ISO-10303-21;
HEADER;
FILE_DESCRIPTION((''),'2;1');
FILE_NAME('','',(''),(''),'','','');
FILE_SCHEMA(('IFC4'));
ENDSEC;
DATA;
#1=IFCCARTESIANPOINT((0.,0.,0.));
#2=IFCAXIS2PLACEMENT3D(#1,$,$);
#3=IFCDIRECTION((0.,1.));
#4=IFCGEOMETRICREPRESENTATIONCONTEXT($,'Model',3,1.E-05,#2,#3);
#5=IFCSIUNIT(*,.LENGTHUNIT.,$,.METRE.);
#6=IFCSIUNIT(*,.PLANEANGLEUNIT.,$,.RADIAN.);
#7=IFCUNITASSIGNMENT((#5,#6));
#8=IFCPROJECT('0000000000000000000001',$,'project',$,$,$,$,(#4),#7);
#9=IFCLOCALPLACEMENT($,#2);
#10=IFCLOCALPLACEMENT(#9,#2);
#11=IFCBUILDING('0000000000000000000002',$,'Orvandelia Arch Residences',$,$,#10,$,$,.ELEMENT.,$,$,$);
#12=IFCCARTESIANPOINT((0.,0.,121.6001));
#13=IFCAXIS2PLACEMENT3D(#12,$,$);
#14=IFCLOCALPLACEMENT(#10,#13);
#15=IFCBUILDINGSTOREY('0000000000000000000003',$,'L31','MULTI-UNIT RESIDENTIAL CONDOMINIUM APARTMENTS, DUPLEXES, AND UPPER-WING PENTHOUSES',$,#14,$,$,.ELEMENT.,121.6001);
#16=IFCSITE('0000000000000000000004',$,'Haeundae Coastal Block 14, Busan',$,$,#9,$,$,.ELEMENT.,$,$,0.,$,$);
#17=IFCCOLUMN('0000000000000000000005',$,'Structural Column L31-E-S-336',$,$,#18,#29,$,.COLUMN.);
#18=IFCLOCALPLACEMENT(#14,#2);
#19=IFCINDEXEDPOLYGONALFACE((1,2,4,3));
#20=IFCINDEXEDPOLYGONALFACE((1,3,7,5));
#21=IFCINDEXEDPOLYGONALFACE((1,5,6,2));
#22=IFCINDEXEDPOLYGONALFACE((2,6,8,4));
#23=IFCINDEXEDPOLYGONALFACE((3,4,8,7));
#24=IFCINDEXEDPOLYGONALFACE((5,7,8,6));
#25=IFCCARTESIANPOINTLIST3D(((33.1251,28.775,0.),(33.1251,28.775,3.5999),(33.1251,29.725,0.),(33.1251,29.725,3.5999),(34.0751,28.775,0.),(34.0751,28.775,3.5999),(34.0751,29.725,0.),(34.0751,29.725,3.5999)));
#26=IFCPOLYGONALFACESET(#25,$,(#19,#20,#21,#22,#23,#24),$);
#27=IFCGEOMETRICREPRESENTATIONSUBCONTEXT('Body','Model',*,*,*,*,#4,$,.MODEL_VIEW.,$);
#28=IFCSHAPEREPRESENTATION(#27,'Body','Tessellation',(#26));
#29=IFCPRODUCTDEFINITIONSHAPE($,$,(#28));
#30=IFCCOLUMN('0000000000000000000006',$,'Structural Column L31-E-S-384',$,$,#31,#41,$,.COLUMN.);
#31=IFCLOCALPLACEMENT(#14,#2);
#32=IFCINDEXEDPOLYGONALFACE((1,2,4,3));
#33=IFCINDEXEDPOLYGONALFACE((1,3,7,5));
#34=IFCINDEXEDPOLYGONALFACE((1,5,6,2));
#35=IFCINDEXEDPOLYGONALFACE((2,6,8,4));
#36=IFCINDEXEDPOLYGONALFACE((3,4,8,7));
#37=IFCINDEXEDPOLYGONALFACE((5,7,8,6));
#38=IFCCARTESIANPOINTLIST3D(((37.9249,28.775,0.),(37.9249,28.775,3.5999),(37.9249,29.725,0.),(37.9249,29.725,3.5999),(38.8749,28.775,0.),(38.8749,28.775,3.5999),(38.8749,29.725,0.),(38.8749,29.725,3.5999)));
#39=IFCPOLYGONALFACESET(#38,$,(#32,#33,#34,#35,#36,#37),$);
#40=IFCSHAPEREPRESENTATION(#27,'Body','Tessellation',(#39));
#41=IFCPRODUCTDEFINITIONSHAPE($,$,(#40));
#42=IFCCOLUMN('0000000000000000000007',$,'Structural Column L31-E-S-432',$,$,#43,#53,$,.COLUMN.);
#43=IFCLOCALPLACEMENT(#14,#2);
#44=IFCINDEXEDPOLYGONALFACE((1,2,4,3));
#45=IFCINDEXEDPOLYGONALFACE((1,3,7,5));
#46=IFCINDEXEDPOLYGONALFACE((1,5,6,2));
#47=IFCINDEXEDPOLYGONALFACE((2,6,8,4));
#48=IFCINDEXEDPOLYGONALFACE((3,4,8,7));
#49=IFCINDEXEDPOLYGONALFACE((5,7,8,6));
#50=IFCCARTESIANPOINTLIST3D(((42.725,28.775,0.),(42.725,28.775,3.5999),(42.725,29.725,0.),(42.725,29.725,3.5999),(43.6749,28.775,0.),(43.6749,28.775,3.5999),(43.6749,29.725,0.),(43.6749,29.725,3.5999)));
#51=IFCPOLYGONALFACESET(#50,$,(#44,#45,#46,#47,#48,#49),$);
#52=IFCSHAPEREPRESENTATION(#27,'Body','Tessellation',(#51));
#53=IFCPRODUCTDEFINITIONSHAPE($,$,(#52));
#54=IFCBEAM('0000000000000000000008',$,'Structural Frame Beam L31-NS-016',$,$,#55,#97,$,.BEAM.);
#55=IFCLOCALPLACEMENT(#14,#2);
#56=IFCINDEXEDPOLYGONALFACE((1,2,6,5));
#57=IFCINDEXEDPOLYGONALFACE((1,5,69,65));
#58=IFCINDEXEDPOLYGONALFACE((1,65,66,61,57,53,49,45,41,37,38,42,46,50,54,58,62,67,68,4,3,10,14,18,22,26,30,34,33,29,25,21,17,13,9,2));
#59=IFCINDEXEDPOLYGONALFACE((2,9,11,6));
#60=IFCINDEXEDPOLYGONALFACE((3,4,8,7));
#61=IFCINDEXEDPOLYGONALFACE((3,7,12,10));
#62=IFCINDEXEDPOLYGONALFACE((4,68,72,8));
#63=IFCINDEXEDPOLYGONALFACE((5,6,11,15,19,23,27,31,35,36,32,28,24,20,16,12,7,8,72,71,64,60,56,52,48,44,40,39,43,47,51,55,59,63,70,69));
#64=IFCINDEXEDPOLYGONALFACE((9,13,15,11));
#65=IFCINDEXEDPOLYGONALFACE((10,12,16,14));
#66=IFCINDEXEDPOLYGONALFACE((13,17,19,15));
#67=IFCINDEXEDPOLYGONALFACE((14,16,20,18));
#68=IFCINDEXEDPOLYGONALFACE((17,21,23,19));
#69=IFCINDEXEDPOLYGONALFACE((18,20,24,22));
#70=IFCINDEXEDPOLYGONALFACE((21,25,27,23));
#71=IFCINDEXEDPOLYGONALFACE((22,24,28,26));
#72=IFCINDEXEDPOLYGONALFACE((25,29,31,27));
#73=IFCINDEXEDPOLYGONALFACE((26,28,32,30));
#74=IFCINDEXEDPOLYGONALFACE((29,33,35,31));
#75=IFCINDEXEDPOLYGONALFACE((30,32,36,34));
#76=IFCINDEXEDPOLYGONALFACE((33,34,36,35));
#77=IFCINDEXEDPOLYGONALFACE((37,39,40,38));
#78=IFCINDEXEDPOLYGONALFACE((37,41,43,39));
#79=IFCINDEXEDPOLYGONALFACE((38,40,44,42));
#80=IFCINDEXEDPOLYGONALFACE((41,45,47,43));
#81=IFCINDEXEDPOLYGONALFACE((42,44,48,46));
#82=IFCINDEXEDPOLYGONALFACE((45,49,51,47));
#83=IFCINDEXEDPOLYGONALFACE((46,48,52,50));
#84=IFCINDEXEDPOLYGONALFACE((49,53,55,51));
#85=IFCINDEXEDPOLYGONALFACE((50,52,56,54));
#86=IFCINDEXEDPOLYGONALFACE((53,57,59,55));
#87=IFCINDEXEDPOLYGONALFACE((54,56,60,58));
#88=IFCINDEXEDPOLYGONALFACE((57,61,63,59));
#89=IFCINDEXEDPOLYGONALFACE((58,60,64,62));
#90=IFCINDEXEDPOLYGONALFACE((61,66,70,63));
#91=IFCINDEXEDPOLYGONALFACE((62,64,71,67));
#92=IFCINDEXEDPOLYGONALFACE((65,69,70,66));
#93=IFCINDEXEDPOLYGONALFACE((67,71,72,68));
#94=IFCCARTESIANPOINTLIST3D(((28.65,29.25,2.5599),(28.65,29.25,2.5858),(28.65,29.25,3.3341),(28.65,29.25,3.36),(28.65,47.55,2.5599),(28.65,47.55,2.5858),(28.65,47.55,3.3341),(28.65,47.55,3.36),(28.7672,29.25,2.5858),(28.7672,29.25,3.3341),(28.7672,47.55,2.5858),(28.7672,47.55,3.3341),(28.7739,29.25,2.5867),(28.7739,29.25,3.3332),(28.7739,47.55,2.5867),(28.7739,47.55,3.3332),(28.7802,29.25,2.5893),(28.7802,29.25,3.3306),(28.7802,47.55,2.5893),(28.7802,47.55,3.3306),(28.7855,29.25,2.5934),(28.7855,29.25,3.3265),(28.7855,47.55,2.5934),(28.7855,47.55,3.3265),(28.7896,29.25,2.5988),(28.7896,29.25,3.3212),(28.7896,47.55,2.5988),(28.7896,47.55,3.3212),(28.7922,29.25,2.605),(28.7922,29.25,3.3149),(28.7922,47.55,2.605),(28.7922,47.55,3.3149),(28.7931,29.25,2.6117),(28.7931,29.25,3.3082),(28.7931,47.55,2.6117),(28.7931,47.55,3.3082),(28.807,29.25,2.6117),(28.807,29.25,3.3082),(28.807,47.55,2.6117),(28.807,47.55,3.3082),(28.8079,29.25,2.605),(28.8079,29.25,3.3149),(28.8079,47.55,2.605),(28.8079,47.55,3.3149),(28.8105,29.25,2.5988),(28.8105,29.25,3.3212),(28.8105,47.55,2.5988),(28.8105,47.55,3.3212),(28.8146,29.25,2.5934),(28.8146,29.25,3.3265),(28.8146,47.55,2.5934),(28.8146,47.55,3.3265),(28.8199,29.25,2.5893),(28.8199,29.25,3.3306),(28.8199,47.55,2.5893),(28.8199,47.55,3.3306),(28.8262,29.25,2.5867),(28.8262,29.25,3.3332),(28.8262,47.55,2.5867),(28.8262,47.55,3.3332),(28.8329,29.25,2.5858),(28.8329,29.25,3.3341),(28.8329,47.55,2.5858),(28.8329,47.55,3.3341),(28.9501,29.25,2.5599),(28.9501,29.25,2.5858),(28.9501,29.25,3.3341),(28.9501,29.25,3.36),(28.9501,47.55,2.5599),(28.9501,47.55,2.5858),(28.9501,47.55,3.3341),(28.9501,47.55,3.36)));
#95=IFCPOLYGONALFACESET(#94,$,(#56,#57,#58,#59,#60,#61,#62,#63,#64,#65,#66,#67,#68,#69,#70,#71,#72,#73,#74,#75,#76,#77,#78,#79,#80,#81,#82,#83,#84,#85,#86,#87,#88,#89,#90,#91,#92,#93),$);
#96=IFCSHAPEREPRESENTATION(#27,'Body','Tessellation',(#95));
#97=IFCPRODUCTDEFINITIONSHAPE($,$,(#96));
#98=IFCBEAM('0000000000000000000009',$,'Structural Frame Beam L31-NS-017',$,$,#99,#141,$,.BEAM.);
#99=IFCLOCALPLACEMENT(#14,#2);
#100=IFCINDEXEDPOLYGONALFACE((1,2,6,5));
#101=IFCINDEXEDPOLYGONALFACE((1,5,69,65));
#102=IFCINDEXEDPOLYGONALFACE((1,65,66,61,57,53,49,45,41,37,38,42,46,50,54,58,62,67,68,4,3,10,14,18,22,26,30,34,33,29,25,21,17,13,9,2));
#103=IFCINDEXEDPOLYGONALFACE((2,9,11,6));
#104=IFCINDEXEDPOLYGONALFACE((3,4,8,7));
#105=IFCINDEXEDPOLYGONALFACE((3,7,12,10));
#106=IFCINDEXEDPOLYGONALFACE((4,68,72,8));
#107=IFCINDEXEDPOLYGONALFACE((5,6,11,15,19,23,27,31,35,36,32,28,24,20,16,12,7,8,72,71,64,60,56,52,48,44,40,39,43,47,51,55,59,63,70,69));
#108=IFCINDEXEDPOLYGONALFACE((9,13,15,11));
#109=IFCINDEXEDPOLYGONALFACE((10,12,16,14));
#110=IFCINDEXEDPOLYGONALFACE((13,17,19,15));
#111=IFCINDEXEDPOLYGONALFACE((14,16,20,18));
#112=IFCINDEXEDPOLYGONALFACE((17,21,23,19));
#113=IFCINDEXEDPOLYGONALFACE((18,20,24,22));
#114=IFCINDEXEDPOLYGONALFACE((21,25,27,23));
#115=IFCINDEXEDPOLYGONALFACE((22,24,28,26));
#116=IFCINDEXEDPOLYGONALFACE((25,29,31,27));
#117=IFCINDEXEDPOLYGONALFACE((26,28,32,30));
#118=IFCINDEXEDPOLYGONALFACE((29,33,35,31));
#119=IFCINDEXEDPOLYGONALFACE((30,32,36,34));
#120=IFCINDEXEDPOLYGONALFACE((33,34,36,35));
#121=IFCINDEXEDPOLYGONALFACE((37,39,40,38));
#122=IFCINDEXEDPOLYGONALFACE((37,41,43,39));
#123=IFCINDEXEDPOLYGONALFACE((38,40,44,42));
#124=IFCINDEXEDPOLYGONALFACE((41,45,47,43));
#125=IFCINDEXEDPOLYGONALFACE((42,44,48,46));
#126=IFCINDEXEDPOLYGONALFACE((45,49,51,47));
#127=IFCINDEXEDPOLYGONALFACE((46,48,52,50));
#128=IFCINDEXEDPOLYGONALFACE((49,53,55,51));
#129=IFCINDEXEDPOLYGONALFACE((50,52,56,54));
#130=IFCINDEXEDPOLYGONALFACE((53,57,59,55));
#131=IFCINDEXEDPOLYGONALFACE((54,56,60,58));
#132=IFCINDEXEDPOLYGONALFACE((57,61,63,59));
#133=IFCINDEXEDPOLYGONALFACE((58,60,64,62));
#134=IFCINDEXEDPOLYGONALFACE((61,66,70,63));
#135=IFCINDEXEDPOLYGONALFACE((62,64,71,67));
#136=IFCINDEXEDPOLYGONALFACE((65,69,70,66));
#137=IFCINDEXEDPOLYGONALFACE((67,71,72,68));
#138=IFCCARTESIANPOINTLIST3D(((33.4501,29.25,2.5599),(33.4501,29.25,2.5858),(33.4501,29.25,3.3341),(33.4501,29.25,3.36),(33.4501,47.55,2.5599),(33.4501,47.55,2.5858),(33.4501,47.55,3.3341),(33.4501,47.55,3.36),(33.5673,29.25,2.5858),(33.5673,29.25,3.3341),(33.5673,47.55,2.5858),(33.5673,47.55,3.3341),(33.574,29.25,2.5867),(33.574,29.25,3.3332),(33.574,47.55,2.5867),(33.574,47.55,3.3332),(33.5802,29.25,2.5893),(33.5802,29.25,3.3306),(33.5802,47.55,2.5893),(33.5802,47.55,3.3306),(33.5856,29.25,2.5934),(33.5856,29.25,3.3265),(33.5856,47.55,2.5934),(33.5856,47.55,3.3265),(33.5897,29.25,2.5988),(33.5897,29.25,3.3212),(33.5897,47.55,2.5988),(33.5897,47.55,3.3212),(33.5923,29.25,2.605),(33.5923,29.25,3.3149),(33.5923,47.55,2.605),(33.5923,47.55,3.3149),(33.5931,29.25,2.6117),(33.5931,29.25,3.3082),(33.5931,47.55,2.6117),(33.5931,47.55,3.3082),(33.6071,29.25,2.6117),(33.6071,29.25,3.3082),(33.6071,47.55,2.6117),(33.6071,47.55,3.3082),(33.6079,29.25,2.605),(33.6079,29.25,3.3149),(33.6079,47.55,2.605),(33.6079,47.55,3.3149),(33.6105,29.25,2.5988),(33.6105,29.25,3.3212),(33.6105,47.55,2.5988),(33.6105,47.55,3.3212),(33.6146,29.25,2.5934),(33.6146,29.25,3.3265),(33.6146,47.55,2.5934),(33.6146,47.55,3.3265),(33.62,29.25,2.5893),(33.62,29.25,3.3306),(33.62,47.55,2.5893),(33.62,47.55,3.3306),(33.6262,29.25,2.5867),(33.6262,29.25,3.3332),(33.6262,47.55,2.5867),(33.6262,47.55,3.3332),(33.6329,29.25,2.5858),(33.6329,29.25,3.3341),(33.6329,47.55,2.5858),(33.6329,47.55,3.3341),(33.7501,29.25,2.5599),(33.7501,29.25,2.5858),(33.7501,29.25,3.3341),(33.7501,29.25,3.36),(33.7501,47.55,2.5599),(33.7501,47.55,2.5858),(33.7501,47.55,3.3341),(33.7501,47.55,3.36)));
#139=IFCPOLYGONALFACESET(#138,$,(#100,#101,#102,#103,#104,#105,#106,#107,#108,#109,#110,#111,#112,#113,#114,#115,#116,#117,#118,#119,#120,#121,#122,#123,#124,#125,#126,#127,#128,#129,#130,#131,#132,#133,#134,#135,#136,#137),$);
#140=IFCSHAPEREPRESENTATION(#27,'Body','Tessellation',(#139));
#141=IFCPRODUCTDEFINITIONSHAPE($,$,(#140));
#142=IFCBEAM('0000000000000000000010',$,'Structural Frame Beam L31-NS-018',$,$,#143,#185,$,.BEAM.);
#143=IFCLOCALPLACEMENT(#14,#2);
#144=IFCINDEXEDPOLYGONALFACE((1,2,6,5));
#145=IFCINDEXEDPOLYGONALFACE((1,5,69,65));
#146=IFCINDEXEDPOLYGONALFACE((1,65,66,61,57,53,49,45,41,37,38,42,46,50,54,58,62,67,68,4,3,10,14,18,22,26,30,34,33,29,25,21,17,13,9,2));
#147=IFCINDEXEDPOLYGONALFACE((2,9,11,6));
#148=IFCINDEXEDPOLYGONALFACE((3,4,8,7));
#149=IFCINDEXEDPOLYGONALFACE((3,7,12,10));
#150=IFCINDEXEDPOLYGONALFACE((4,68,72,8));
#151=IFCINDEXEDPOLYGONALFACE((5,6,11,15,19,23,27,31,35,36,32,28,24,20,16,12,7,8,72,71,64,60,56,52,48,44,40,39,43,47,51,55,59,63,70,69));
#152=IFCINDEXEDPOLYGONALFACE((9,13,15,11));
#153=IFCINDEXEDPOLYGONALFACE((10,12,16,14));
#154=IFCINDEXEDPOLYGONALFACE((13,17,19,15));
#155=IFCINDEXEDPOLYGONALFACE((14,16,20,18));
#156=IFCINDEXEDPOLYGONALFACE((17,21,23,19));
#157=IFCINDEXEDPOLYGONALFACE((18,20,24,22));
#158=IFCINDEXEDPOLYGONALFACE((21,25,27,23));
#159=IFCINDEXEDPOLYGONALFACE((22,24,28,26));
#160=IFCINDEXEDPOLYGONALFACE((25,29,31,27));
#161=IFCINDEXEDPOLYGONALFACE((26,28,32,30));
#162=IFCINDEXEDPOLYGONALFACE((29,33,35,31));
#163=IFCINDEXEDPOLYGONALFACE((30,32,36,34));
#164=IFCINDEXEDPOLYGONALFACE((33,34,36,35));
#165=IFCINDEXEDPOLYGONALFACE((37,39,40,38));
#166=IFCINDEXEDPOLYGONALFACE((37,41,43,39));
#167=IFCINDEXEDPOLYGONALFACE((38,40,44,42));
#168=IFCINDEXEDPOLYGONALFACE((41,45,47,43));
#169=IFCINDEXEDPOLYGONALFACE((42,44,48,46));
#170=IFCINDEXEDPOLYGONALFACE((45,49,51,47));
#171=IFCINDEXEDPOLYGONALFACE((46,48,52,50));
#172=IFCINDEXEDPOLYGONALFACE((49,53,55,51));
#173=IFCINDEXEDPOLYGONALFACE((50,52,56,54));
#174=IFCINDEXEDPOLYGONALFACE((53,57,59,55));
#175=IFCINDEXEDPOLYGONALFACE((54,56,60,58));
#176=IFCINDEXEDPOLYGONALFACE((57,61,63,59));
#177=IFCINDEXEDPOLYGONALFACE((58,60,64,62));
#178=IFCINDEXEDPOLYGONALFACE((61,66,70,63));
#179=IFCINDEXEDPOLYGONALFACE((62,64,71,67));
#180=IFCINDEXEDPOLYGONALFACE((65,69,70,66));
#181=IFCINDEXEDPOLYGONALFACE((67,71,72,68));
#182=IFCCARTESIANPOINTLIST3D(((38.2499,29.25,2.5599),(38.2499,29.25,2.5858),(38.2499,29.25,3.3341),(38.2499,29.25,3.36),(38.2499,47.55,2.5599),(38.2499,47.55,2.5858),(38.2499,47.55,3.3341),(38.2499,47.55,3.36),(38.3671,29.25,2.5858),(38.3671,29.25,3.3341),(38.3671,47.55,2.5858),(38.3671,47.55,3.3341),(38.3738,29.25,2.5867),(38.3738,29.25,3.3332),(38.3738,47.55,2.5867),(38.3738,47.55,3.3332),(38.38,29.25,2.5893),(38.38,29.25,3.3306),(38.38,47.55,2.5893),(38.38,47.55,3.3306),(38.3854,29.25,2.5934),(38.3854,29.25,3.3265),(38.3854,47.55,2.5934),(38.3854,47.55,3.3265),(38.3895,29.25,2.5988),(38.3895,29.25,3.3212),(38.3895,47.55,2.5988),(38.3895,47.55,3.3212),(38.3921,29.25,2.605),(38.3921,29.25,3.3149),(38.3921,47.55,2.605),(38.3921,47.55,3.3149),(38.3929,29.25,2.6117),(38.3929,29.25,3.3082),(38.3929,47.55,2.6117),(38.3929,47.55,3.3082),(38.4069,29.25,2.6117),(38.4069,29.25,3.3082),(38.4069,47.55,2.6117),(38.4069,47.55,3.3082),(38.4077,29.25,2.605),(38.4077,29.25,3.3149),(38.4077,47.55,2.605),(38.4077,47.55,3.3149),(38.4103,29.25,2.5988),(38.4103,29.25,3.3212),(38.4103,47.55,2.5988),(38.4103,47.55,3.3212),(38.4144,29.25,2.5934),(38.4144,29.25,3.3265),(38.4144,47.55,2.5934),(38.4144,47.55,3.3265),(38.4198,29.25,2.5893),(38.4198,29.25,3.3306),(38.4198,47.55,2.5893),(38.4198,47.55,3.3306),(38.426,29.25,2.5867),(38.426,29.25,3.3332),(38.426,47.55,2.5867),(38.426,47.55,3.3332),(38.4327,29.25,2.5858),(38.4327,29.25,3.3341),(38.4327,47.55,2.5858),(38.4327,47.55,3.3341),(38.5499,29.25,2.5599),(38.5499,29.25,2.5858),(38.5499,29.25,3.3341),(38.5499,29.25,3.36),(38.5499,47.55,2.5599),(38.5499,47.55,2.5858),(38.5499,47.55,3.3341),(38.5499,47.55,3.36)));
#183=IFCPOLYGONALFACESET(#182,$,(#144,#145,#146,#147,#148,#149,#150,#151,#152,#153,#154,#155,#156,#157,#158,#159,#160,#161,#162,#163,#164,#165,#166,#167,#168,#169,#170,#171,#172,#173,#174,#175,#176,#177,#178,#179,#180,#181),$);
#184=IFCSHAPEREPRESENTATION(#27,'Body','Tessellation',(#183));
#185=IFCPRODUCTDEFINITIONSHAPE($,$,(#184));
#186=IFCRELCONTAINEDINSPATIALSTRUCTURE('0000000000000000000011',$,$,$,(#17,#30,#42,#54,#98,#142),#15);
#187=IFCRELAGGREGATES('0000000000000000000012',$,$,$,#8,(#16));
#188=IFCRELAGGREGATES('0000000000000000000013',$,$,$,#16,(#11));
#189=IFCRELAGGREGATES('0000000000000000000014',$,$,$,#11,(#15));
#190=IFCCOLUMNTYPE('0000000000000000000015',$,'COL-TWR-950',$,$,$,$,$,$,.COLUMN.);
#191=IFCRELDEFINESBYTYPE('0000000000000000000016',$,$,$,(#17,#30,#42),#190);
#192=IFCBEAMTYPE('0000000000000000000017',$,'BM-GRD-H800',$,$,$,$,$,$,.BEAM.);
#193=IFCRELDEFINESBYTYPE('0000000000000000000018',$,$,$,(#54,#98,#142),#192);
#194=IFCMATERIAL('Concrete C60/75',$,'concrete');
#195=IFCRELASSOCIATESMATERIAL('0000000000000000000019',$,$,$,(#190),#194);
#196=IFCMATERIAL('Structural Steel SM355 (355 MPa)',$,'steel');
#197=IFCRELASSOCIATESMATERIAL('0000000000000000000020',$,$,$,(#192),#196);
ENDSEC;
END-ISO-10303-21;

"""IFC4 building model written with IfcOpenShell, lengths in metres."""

from ifc_helpers import new_model, si_unit, direction, frame, origin, origin_2d, place, context, subcontext, project, spatial, rectangle, i_section, extrude, material, material_profile, profile_set, type_object, element, save


model = new_model("IFC4")

# Units and contexts
model_context = context("Model", 3, precision=1e-05, world=origin(), true_north=direction((0.0, 1.0)))
body_context = subcontext(model_context, "Body", "Model", "MODEL_VIEW")
ifc_project = project(units=[si_unit("LENGTHUNIT", "METRE"), si_unit("PLANEANGLEUNIT", "RADIAN")], contexts=[model_context])

# Site, building, storey
site_placement = place(None, origin())
site = spatial("IfcSite", under=ifc_project, at=site_placement, Name="Haeundae Coastal Block 14, Busan", CompositionType="ELEMENT", RefElevation=0.0)
building_placement = place(site_placement, origin())
building = spatial("IfcBuilding", under=site, at=building_placement, Name="Orvandelia Arch Residences", CompositionType="ELEMENT")
storey_placement = place(building_placement, frame((0.0, 0.0, 121.6001)))
storey = spatial("IfcBuildingStorey", under=building, at=storey_placement, Name="L31", Description="MULTI-UNIT RESIDENTIAL CONDOMINIUM APARTMENTS, DUPLEXES, AND UPPER-WING PENTHOUSES", CompositionType="ELEMENT", Elevation=121.6001)

# Columns
ifc_material_1 = material(Name="Concrete C60/75", Category="concrete")
ifc_material_profile_1 = material_profile(ifc_material_1, rectangle(XDim=0.95, YDim=0.95, at=origin_2d()), Name="Concrete C60/75", Category="concrete")
ifc_profile_set_1 = profile_set([ifc_material_profile_1], Name="Concrete C60/75")
column_type = type_object("IfcColumnType", Name="COL-TWR-950", PredefinedType="COLUMN", material=ifc_profile_set_1)
for number, where, z_axis, x_axis, name in (
    (1, (33.6001, 29.25, 0.0), (0.0, 0.0, 1.0), (1.0, 0.0, 0.0), "Structural Column L31-E-S-336"),
    (2, (38.3999, 29.25, 0.0), (0.0, 0.0, 1.0), (1.0, 0.0, 0.0), "Structural Column L31-E-S-384"),
    (3, (43.2, 29.25, 0.0), (0.0, 0.0, 1.0), (1.0, 0.0, 0.0), "Structural Column L31-E-S-432"),
):
    element("IfcColumn", number, at=place(storey_placement, frame(where, z_axis=z_axis, x_axis=x_axis)), inside=storey, type_object=column_type, Name=name, PredefinedType="COLUMN", context=body_context, shape_type="SweptSolid", body=[
        extrude(rectangle(XDim=0.95, YDim=0.95, at=origin_2d()), origin(), (0.0, 0.0, 1.0), 3.5999),
    ])

# Beams
ifc_material_2 = material(Name="Structural Steel SM355 (355 MPa)", Category="steel")
ifc_material_profile_2 = material_profile(ifc_material_2, i_section(OverallWidth=0.3, OverallDepth=0.8, WebThickness=0.0139, FlangeThickness=0.0259, FilletRadius=0.0259, at=origin_2d()), Name="Structural Steel SM355 (355 MPa)", Category="steel")
ifc_profile_set_2 = profile_set([ifc_material_profile_2], Name="Structural Steel SM355 (355 MPa)")
beam_type = type_object("IfcBeamType", Name="BM-GRD-H800", PredefinedType="BEAM", material=ifc_profile_set_2)
for number, where, z_axis, x_axis, name in (
    (4, (28.8, 29.25, 2.96), (0.0, 1.0, 0.0), (-1.0, 0.0, 0.0), "Structural Frame Beam L31-NS-016"),
    (5, (33.6001, 29.25, 2.96), (0.0, 1.0, 0.0), (-1.0, 0.0, 0.0), "Structural Frame Beam L31-NS-017"),
    (6, (38.3999, 29.25, 2.96), (0.0, 1.0, 0.0), (-1.0, 0.0, 0.0), "Structural Frame Beam L31-NS-018"),
):
    element("IfcBeam", number, at=place(storey_placement, frame(where, z_axis=z_axis, x_axis=x_axis)), inside=storey, type_object=beam_type, Name=name, PredefinedType="BEAM", context=body_context, shape_type="SweptSolid", body=[
        extrude(i_section(OverallWidth=0.3, OverallDepth=0.8, WebThickness=0.0139, FlangeThickness=0.0259, FilletRadius=0.0259, at=origin_2d()), origin(), (0.0, 0.0, 1.0), 18.3),
    ])

save(model, "model.ifc")
